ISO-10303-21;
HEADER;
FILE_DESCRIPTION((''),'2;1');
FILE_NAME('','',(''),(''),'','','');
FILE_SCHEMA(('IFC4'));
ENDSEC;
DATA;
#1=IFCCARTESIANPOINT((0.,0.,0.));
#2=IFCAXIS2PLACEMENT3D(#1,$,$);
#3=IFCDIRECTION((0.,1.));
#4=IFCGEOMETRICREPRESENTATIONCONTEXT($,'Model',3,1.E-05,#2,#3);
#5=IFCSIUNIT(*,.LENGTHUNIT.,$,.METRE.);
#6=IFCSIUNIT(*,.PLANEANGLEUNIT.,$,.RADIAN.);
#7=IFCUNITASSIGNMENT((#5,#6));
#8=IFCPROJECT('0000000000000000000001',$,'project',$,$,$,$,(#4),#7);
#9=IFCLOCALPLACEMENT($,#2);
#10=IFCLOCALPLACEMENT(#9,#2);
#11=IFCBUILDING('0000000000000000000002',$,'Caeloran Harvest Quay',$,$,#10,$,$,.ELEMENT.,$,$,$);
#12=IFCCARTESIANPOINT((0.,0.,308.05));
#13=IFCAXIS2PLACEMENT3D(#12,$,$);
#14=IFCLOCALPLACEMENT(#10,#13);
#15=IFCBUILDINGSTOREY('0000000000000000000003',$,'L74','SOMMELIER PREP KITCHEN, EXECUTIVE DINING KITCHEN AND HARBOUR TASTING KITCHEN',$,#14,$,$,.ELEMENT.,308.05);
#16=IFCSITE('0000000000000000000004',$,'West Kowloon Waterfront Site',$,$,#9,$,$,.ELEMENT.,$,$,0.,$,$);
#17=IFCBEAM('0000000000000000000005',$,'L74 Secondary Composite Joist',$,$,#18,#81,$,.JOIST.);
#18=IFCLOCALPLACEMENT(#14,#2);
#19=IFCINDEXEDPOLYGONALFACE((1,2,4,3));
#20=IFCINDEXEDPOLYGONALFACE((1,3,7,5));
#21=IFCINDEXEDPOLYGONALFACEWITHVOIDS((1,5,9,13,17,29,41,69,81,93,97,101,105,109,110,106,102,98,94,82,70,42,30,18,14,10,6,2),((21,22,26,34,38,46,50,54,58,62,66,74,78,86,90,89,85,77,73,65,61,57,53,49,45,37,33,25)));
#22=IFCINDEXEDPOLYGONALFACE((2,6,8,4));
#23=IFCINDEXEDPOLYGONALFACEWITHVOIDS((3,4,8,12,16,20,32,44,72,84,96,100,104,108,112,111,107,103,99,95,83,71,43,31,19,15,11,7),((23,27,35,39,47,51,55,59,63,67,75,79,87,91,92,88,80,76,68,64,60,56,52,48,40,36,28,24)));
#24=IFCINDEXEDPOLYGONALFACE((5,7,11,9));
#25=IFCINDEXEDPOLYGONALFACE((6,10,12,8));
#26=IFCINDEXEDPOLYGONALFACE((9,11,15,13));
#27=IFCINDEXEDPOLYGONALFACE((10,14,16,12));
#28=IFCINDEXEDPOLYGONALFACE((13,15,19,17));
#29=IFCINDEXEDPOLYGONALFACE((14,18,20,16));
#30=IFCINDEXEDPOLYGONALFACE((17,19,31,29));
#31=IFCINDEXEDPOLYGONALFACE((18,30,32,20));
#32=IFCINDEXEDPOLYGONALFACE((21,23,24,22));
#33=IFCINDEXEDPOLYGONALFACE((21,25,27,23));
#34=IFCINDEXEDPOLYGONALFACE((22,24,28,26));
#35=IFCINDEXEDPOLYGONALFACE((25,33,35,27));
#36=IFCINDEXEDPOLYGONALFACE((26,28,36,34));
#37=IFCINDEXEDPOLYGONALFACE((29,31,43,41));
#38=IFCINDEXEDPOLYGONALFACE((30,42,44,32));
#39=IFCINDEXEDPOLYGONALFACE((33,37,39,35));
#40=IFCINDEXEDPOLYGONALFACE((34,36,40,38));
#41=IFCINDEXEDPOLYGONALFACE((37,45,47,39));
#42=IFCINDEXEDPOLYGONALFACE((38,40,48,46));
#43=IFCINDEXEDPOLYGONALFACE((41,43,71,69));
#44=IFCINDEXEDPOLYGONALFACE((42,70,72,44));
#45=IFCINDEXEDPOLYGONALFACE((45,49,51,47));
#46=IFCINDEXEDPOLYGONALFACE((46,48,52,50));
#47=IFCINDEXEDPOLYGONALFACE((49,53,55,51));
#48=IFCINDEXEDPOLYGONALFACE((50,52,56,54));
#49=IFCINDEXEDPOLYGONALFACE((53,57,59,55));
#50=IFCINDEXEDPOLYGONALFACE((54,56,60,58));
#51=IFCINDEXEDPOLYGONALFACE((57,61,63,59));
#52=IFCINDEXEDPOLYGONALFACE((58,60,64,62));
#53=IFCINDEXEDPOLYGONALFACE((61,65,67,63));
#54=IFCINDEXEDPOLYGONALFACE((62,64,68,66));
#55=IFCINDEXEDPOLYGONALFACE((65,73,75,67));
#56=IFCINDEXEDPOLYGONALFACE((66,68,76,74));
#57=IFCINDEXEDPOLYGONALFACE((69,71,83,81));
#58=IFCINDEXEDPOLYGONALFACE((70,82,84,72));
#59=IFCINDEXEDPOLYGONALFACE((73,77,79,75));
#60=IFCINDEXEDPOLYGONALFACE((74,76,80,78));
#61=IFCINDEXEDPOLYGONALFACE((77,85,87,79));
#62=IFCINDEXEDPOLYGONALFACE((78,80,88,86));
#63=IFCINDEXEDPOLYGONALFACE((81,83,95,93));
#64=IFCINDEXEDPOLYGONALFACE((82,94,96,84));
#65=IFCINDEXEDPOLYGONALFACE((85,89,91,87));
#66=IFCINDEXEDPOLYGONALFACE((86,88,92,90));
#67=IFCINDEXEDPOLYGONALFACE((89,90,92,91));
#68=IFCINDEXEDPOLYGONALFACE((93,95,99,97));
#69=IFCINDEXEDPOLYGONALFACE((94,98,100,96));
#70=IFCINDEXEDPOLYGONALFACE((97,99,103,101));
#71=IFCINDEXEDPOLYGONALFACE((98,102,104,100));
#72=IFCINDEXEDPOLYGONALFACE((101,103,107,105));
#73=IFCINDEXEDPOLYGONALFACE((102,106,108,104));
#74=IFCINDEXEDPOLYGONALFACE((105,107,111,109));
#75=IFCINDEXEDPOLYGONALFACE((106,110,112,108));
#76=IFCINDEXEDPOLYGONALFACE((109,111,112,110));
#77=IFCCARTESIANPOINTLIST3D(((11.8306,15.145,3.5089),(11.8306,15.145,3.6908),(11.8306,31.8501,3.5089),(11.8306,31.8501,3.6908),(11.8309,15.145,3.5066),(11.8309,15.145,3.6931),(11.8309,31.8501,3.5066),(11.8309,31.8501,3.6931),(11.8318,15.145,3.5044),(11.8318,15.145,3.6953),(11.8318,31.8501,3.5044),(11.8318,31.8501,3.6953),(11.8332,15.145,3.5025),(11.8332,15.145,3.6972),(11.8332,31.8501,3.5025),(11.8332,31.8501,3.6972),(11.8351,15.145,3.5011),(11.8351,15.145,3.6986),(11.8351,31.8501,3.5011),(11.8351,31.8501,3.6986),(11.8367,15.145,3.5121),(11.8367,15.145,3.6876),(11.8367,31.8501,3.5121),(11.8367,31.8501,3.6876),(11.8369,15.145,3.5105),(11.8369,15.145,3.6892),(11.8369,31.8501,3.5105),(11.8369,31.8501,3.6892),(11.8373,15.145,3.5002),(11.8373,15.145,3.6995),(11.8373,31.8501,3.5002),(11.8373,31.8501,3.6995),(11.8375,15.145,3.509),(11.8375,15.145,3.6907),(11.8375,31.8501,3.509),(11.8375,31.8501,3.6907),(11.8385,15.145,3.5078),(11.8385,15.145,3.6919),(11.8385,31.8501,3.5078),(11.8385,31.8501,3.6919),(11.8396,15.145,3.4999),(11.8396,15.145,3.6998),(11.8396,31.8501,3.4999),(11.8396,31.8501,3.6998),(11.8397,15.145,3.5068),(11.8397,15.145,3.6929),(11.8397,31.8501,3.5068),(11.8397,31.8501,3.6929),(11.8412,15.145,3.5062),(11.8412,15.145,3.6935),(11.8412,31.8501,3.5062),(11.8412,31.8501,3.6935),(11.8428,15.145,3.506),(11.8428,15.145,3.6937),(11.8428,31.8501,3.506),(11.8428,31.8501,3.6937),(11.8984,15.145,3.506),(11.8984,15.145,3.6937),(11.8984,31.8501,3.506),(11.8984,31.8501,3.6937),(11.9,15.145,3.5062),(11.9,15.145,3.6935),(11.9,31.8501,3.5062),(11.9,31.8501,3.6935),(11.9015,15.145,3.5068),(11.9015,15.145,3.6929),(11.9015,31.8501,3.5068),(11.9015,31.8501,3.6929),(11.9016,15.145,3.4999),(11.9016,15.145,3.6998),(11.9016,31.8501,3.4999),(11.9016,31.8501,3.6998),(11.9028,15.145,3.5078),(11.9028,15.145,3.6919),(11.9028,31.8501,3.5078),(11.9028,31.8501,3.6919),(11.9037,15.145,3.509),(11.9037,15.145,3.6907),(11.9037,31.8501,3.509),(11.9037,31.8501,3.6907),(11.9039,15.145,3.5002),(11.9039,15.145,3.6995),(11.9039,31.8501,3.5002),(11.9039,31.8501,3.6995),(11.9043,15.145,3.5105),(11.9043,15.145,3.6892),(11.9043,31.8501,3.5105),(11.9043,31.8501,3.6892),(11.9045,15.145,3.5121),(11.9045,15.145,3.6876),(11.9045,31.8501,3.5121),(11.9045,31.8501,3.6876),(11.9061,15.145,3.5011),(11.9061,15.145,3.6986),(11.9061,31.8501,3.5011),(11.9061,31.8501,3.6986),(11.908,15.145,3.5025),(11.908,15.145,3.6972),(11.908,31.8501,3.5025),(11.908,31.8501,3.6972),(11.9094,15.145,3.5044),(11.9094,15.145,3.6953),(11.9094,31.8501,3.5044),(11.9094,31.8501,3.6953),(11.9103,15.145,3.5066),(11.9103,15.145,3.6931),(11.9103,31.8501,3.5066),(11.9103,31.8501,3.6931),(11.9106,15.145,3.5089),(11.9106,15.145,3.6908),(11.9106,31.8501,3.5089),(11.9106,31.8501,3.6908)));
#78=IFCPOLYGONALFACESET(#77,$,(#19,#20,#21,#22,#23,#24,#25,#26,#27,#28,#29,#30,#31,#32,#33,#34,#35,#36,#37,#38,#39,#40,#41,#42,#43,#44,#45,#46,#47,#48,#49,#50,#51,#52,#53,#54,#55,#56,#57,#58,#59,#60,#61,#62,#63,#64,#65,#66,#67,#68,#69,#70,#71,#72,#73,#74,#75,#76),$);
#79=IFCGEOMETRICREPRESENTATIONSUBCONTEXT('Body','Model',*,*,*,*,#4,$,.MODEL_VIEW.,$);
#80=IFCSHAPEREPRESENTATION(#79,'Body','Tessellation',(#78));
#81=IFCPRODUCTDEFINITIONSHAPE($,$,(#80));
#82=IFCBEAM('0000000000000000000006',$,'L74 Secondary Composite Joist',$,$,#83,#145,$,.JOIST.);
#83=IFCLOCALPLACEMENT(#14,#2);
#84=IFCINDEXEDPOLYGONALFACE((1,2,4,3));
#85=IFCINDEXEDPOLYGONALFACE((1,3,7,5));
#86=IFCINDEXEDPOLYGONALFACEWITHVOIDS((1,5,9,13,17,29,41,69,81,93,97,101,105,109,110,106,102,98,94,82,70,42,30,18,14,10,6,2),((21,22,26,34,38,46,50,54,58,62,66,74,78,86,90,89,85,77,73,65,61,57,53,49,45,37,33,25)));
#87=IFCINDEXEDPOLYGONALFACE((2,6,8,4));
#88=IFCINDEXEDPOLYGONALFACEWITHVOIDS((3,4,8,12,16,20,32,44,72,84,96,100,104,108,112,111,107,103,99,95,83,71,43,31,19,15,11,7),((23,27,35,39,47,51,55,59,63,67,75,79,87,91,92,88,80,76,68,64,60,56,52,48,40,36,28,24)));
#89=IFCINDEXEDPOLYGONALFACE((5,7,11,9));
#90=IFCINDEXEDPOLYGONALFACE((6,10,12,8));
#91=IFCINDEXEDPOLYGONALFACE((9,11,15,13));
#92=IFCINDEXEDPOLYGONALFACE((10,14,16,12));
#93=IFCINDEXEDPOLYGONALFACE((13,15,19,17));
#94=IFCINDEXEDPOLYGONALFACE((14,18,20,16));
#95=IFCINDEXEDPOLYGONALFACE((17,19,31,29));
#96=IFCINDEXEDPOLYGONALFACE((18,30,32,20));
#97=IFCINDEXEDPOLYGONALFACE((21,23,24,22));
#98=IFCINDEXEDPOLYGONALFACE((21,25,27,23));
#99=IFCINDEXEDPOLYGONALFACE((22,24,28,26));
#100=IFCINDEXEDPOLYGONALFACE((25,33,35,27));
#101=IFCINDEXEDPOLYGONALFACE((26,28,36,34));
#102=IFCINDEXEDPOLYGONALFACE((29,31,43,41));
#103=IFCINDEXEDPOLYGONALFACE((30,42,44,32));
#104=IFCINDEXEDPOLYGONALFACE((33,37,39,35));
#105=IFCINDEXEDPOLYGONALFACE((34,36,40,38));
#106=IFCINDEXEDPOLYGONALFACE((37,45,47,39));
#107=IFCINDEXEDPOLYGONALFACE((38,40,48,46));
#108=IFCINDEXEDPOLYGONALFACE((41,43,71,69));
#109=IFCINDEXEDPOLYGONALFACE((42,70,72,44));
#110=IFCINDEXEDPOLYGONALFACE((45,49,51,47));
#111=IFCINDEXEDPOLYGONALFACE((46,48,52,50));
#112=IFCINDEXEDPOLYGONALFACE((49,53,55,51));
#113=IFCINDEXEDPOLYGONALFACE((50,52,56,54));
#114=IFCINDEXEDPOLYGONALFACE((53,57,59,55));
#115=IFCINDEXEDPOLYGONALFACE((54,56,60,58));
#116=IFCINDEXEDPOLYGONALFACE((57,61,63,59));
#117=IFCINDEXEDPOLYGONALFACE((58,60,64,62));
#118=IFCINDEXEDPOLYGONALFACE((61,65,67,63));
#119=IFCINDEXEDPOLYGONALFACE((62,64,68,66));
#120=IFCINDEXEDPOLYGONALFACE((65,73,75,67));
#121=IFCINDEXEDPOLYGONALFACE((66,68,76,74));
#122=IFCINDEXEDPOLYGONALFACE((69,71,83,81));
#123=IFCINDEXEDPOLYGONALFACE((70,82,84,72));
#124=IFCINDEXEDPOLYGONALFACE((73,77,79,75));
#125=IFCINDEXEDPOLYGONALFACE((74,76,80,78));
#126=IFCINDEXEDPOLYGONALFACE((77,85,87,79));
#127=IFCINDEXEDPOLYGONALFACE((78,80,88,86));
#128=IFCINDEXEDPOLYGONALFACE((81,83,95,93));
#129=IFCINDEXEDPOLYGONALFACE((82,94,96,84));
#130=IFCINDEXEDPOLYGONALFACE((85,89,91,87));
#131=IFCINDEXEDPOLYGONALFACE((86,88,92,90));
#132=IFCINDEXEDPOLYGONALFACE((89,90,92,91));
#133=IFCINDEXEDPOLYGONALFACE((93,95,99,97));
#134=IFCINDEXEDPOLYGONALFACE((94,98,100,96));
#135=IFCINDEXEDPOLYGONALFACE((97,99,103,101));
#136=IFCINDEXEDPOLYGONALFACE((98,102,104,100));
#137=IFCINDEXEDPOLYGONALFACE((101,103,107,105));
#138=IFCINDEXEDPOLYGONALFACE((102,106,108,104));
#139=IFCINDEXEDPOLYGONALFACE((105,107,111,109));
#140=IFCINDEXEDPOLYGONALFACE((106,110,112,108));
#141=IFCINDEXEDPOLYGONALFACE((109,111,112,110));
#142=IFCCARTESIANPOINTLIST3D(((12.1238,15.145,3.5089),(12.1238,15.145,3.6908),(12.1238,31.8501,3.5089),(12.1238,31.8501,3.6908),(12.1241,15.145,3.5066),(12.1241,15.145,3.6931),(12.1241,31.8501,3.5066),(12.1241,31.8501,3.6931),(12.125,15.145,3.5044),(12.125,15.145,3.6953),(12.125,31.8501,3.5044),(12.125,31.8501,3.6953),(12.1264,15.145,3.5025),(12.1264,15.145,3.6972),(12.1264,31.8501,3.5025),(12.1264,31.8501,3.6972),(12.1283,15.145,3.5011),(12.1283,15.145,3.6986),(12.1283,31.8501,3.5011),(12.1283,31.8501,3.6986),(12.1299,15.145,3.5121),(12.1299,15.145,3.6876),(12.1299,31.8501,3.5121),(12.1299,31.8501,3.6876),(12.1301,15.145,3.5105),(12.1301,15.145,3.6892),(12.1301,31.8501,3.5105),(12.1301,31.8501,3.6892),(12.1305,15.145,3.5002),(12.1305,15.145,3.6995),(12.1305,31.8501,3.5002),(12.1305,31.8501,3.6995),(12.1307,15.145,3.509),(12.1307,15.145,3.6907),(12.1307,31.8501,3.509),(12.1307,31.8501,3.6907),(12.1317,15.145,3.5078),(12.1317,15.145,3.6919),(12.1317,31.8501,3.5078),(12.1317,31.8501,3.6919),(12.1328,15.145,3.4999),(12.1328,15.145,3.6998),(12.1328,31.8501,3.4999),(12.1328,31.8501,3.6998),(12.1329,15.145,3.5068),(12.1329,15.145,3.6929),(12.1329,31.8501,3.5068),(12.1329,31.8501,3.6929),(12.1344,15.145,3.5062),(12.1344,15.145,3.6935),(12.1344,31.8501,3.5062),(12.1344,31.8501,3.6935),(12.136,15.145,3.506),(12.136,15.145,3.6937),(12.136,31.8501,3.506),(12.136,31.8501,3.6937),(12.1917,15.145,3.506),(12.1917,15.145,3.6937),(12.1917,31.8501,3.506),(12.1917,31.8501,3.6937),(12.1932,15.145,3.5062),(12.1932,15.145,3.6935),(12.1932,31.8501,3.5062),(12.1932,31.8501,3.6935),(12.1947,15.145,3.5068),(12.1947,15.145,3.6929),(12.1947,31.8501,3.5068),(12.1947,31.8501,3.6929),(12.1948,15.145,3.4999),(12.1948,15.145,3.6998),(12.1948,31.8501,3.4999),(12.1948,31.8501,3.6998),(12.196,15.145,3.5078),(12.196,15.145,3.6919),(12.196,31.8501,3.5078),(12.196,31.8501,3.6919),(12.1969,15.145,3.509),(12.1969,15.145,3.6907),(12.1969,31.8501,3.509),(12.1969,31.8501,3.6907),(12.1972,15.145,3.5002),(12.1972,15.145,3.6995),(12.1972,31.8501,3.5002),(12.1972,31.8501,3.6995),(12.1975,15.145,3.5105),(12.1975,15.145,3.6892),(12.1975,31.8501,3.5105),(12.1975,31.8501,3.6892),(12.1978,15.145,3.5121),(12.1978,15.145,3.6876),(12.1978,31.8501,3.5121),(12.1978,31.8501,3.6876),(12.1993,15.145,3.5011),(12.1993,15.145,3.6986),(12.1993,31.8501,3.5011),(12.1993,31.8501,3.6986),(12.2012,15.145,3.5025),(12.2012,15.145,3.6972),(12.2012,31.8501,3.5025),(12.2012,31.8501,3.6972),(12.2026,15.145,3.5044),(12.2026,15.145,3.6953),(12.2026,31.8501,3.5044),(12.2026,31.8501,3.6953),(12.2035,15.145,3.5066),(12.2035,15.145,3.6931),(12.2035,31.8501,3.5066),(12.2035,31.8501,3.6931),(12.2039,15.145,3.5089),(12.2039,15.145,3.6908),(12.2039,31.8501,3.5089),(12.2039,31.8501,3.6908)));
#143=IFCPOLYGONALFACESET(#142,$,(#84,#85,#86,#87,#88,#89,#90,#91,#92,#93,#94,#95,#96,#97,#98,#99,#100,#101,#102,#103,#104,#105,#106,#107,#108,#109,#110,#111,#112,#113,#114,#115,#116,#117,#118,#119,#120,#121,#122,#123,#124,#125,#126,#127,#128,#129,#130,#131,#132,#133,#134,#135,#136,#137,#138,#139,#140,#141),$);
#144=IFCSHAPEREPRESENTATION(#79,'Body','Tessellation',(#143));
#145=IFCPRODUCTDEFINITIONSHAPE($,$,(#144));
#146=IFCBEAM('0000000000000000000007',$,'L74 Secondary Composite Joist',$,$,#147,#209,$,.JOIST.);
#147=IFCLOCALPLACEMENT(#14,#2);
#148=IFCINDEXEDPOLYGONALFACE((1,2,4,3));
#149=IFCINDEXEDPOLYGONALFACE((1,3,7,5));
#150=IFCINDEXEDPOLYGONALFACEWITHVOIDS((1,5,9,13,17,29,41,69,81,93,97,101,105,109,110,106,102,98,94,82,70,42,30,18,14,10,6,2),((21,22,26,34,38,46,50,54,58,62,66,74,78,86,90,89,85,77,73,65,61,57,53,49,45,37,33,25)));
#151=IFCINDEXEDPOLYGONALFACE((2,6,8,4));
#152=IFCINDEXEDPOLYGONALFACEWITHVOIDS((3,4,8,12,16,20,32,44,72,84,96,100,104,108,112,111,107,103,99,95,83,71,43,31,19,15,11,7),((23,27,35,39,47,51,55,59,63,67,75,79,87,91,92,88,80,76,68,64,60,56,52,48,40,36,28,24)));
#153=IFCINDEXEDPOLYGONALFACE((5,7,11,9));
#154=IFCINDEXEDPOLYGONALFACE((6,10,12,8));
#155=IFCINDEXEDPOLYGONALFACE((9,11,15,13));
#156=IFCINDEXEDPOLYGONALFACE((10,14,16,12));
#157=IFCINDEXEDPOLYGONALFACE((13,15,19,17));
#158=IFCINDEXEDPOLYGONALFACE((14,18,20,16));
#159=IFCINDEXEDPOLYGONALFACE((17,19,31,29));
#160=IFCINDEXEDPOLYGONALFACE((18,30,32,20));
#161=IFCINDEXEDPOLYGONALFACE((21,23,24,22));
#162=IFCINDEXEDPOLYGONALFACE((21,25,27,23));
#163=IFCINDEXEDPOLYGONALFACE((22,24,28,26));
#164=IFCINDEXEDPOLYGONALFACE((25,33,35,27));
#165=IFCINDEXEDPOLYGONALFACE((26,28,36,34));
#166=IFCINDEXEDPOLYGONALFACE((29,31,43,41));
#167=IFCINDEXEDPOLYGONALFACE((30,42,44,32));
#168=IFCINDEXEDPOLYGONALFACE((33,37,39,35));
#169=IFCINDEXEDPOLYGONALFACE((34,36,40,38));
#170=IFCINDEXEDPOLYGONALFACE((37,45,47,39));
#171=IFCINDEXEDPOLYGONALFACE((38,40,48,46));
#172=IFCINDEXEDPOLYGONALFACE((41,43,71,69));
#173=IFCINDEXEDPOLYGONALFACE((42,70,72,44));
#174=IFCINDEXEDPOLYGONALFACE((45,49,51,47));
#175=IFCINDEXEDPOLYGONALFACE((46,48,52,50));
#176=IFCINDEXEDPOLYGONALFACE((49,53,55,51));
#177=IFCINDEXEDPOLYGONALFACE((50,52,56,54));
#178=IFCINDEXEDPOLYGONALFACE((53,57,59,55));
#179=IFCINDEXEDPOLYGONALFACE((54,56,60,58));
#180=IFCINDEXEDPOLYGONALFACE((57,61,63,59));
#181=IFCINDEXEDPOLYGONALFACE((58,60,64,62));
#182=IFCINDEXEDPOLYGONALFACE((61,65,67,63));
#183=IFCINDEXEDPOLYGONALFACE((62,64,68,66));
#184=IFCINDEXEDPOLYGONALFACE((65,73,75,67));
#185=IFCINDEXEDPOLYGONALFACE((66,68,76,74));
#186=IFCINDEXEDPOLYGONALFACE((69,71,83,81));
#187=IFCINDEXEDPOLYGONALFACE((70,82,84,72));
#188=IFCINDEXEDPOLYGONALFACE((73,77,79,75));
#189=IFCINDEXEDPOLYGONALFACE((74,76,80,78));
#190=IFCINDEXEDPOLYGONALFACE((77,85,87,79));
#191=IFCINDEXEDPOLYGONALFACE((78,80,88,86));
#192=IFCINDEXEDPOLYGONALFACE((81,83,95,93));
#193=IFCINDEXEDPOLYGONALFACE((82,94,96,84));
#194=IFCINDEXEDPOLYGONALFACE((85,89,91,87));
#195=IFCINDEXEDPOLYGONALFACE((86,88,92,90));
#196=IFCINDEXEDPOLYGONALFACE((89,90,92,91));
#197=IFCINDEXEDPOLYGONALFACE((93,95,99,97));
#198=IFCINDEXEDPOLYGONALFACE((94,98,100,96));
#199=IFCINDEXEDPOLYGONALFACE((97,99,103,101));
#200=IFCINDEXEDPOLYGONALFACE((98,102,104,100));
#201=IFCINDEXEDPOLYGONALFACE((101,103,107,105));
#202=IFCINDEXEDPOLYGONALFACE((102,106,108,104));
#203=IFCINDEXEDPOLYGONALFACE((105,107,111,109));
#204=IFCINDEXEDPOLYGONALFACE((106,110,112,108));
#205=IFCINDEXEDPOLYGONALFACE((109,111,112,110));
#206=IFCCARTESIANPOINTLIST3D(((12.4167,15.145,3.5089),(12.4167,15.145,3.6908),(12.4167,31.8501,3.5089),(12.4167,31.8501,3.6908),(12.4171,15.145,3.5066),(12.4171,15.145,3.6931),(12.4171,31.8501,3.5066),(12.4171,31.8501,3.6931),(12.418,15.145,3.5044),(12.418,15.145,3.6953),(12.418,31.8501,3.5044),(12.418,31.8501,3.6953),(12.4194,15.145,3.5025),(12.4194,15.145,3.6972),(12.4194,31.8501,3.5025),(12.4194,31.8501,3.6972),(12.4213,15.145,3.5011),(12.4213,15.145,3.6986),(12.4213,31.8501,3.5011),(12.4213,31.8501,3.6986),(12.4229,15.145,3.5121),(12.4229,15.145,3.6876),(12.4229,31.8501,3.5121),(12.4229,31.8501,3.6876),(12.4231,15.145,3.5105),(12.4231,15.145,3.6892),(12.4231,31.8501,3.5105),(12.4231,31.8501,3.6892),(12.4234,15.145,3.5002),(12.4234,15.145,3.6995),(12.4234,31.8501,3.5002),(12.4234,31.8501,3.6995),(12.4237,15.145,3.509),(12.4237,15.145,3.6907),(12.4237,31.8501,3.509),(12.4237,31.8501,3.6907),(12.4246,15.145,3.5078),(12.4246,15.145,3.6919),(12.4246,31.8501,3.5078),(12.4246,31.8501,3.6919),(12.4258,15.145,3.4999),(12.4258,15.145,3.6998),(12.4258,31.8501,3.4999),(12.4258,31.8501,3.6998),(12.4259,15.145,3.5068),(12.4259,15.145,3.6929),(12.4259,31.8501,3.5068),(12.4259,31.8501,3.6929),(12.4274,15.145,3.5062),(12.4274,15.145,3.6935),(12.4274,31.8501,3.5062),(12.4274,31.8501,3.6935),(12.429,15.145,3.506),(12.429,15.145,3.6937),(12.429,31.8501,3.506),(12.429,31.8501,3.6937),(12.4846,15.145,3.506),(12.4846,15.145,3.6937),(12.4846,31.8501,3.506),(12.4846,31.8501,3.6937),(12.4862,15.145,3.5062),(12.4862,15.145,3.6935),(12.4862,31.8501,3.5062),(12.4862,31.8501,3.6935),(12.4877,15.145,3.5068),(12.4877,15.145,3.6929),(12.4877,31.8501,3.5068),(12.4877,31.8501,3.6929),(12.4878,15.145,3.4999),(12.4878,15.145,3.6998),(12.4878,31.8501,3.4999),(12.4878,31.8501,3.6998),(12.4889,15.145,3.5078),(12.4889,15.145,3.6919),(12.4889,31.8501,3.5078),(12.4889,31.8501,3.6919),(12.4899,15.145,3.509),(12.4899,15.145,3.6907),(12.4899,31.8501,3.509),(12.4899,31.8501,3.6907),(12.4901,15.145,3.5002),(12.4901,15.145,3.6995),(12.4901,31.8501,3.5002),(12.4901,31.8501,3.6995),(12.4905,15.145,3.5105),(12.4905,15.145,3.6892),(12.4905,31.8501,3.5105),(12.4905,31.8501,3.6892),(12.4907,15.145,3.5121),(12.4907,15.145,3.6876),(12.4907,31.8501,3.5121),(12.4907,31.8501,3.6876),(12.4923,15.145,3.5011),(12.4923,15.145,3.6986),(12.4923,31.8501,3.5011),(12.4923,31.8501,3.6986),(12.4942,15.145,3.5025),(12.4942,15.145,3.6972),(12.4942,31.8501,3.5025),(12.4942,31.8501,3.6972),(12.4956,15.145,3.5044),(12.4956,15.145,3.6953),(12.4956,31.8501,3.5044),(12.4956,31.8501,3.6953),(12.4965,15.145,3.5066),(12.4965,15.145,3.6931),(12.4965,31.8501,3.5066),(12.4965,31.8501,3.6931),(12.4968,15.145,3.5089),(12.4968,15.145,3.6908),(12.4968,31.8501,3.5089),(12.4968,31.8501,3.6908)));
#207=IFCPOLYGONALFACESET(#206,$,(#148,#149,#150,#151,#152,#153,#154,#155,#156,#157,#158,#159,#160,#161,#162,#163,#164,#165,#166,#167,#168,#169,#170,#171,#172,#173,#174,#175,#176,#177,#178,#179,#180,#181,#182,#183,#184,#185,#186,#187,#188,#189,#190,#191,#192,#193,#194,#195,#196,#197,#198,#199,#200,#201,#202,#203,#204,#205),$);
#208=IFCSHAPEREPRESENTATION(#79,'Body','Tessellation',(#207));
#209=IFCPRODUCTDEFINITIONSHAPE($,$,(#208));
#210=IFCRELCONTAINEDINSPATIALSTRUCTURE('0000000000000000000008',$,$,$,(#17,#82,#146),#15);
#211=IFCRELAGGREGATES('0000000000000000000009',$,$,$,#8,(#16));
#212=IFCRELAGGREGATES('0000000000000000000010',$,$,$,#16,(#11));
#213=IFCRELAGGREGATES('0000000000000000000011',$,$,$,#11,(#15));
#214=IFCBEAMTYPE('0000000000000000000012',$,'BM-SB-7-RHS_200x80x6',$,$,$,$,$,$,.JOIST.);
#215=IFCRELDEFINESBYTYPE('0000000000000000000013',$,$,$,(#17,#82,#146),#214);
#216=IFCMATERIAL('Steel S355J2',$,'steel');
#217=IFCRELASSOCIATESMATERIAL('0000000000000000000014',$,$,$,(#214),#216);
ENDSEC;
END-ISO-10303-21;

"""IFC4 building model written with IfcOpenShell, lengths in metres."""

from ifc_helpers import new_model, si_unit, direction, frame, origin, origin_2d, place, context, subcontext, project, spatial, hollow_rectangle, extrude, material, material_profile, profile_set, type_object, element, save


model = new_model("IFC4")

# Units and contexts
model_context = context("Model", 3, precision=1e-05, world=origin(), true_north=direction((0.0, 1.0)))
body_context = subcontext(model_context, "Body", "Model", "MODEL_VIEW")
ifc_project = project(units=[si_unit("LENGTHUNIT", "METRE"), si_unit("PLANEANGLEUNIT", "RADIAN")], contexts=[model_context])

# Site, building, storey
site_placement = place(None, origin())
site = spatial("IfcSite", under=ifc_project, at=site_placement, Name="West Kowloon Waterfront Site", CompositionType="ELEMENT", RefElevation=0.0)
building_placement = place(site_placement, origin())
building = spatial("IfcBuilding", under=site, at=building_placement, Name="Caeloran Harvest Quay", CompositionType="ELEMENT")
storey_placement = place(building_placement, frame((0.0, 0.0, 308.05)))
storey = spatial("IfcBuildingStorey", under=building, at=storey_placement, Name="L74", Description="SOMMELIER PREP KITCHEN, EXECUTIVE DINING KITCHEN AND HARBOUR TASTING KITCHEN", CompositionType="ELEMENT", Elevation=308.05)

# Beams
ifc_material_1 = material(Name="Steel S355J2", Category="steel")
ifc_material_profile_1 = material_profile(ifc_material_1, hollow_rectangle(XDim=0.0801, YDim=0.2, WallThickness=0.0061, InnerFilletRadius=0.0061, OuterFilletRadius=0.009, at=origin_2d()), Name="RHS 200x80x6")
ifc_profile_set_1 = profile_set([ifc_material_profile_1], Name="Steel S355J2")
beam_type_1 = type_object("IfcBeamType", Name="BM-SB-7-RHS_200x80x6", PredefinedType="JOIST", material=ifc_profile_set_1)
for number, where, z_axis, x_axis, name in (
    (1, (11.8706, 15.145, 3.5999), (0.0, 1.0, 0.0), (-1.0, 0.0, 0.0), "L74 Secondary Composite Joist"),
    (2, (12.1638, 15.145, 3.5999), (0.0, 1.0, 0.0), (-1.0, 0.0, 0.0), "L74 Secondary Composite Joist"),
    (3, (12.4568, 15.145, 3.5999), (0.0, 1.0, 0.0), (-1.0, 0.0, 0.0), "L74 Secondary Composite Joist"),
):
    element("IfcBeam", number, at=place(storey_placement, frame(where, z_axis=z_axis, x_axis=x_axis)), inside=storey, type_object=beam_type_1, Name=name, PredefinedType="JOIST", context=body_context, shape_type="SweptSolid", body=[
        extrude(hollow_rectangle(XDim=0.0801, YDim=0.2, WallThickness=0.0061, InnerFilletRadius=0.0061, OuterFilletRadius=0.009, at=origin_2d()), origin(), (0.0, 0.0, 1.0), 16.7051),
    ])

save(model, "model.ifc")
